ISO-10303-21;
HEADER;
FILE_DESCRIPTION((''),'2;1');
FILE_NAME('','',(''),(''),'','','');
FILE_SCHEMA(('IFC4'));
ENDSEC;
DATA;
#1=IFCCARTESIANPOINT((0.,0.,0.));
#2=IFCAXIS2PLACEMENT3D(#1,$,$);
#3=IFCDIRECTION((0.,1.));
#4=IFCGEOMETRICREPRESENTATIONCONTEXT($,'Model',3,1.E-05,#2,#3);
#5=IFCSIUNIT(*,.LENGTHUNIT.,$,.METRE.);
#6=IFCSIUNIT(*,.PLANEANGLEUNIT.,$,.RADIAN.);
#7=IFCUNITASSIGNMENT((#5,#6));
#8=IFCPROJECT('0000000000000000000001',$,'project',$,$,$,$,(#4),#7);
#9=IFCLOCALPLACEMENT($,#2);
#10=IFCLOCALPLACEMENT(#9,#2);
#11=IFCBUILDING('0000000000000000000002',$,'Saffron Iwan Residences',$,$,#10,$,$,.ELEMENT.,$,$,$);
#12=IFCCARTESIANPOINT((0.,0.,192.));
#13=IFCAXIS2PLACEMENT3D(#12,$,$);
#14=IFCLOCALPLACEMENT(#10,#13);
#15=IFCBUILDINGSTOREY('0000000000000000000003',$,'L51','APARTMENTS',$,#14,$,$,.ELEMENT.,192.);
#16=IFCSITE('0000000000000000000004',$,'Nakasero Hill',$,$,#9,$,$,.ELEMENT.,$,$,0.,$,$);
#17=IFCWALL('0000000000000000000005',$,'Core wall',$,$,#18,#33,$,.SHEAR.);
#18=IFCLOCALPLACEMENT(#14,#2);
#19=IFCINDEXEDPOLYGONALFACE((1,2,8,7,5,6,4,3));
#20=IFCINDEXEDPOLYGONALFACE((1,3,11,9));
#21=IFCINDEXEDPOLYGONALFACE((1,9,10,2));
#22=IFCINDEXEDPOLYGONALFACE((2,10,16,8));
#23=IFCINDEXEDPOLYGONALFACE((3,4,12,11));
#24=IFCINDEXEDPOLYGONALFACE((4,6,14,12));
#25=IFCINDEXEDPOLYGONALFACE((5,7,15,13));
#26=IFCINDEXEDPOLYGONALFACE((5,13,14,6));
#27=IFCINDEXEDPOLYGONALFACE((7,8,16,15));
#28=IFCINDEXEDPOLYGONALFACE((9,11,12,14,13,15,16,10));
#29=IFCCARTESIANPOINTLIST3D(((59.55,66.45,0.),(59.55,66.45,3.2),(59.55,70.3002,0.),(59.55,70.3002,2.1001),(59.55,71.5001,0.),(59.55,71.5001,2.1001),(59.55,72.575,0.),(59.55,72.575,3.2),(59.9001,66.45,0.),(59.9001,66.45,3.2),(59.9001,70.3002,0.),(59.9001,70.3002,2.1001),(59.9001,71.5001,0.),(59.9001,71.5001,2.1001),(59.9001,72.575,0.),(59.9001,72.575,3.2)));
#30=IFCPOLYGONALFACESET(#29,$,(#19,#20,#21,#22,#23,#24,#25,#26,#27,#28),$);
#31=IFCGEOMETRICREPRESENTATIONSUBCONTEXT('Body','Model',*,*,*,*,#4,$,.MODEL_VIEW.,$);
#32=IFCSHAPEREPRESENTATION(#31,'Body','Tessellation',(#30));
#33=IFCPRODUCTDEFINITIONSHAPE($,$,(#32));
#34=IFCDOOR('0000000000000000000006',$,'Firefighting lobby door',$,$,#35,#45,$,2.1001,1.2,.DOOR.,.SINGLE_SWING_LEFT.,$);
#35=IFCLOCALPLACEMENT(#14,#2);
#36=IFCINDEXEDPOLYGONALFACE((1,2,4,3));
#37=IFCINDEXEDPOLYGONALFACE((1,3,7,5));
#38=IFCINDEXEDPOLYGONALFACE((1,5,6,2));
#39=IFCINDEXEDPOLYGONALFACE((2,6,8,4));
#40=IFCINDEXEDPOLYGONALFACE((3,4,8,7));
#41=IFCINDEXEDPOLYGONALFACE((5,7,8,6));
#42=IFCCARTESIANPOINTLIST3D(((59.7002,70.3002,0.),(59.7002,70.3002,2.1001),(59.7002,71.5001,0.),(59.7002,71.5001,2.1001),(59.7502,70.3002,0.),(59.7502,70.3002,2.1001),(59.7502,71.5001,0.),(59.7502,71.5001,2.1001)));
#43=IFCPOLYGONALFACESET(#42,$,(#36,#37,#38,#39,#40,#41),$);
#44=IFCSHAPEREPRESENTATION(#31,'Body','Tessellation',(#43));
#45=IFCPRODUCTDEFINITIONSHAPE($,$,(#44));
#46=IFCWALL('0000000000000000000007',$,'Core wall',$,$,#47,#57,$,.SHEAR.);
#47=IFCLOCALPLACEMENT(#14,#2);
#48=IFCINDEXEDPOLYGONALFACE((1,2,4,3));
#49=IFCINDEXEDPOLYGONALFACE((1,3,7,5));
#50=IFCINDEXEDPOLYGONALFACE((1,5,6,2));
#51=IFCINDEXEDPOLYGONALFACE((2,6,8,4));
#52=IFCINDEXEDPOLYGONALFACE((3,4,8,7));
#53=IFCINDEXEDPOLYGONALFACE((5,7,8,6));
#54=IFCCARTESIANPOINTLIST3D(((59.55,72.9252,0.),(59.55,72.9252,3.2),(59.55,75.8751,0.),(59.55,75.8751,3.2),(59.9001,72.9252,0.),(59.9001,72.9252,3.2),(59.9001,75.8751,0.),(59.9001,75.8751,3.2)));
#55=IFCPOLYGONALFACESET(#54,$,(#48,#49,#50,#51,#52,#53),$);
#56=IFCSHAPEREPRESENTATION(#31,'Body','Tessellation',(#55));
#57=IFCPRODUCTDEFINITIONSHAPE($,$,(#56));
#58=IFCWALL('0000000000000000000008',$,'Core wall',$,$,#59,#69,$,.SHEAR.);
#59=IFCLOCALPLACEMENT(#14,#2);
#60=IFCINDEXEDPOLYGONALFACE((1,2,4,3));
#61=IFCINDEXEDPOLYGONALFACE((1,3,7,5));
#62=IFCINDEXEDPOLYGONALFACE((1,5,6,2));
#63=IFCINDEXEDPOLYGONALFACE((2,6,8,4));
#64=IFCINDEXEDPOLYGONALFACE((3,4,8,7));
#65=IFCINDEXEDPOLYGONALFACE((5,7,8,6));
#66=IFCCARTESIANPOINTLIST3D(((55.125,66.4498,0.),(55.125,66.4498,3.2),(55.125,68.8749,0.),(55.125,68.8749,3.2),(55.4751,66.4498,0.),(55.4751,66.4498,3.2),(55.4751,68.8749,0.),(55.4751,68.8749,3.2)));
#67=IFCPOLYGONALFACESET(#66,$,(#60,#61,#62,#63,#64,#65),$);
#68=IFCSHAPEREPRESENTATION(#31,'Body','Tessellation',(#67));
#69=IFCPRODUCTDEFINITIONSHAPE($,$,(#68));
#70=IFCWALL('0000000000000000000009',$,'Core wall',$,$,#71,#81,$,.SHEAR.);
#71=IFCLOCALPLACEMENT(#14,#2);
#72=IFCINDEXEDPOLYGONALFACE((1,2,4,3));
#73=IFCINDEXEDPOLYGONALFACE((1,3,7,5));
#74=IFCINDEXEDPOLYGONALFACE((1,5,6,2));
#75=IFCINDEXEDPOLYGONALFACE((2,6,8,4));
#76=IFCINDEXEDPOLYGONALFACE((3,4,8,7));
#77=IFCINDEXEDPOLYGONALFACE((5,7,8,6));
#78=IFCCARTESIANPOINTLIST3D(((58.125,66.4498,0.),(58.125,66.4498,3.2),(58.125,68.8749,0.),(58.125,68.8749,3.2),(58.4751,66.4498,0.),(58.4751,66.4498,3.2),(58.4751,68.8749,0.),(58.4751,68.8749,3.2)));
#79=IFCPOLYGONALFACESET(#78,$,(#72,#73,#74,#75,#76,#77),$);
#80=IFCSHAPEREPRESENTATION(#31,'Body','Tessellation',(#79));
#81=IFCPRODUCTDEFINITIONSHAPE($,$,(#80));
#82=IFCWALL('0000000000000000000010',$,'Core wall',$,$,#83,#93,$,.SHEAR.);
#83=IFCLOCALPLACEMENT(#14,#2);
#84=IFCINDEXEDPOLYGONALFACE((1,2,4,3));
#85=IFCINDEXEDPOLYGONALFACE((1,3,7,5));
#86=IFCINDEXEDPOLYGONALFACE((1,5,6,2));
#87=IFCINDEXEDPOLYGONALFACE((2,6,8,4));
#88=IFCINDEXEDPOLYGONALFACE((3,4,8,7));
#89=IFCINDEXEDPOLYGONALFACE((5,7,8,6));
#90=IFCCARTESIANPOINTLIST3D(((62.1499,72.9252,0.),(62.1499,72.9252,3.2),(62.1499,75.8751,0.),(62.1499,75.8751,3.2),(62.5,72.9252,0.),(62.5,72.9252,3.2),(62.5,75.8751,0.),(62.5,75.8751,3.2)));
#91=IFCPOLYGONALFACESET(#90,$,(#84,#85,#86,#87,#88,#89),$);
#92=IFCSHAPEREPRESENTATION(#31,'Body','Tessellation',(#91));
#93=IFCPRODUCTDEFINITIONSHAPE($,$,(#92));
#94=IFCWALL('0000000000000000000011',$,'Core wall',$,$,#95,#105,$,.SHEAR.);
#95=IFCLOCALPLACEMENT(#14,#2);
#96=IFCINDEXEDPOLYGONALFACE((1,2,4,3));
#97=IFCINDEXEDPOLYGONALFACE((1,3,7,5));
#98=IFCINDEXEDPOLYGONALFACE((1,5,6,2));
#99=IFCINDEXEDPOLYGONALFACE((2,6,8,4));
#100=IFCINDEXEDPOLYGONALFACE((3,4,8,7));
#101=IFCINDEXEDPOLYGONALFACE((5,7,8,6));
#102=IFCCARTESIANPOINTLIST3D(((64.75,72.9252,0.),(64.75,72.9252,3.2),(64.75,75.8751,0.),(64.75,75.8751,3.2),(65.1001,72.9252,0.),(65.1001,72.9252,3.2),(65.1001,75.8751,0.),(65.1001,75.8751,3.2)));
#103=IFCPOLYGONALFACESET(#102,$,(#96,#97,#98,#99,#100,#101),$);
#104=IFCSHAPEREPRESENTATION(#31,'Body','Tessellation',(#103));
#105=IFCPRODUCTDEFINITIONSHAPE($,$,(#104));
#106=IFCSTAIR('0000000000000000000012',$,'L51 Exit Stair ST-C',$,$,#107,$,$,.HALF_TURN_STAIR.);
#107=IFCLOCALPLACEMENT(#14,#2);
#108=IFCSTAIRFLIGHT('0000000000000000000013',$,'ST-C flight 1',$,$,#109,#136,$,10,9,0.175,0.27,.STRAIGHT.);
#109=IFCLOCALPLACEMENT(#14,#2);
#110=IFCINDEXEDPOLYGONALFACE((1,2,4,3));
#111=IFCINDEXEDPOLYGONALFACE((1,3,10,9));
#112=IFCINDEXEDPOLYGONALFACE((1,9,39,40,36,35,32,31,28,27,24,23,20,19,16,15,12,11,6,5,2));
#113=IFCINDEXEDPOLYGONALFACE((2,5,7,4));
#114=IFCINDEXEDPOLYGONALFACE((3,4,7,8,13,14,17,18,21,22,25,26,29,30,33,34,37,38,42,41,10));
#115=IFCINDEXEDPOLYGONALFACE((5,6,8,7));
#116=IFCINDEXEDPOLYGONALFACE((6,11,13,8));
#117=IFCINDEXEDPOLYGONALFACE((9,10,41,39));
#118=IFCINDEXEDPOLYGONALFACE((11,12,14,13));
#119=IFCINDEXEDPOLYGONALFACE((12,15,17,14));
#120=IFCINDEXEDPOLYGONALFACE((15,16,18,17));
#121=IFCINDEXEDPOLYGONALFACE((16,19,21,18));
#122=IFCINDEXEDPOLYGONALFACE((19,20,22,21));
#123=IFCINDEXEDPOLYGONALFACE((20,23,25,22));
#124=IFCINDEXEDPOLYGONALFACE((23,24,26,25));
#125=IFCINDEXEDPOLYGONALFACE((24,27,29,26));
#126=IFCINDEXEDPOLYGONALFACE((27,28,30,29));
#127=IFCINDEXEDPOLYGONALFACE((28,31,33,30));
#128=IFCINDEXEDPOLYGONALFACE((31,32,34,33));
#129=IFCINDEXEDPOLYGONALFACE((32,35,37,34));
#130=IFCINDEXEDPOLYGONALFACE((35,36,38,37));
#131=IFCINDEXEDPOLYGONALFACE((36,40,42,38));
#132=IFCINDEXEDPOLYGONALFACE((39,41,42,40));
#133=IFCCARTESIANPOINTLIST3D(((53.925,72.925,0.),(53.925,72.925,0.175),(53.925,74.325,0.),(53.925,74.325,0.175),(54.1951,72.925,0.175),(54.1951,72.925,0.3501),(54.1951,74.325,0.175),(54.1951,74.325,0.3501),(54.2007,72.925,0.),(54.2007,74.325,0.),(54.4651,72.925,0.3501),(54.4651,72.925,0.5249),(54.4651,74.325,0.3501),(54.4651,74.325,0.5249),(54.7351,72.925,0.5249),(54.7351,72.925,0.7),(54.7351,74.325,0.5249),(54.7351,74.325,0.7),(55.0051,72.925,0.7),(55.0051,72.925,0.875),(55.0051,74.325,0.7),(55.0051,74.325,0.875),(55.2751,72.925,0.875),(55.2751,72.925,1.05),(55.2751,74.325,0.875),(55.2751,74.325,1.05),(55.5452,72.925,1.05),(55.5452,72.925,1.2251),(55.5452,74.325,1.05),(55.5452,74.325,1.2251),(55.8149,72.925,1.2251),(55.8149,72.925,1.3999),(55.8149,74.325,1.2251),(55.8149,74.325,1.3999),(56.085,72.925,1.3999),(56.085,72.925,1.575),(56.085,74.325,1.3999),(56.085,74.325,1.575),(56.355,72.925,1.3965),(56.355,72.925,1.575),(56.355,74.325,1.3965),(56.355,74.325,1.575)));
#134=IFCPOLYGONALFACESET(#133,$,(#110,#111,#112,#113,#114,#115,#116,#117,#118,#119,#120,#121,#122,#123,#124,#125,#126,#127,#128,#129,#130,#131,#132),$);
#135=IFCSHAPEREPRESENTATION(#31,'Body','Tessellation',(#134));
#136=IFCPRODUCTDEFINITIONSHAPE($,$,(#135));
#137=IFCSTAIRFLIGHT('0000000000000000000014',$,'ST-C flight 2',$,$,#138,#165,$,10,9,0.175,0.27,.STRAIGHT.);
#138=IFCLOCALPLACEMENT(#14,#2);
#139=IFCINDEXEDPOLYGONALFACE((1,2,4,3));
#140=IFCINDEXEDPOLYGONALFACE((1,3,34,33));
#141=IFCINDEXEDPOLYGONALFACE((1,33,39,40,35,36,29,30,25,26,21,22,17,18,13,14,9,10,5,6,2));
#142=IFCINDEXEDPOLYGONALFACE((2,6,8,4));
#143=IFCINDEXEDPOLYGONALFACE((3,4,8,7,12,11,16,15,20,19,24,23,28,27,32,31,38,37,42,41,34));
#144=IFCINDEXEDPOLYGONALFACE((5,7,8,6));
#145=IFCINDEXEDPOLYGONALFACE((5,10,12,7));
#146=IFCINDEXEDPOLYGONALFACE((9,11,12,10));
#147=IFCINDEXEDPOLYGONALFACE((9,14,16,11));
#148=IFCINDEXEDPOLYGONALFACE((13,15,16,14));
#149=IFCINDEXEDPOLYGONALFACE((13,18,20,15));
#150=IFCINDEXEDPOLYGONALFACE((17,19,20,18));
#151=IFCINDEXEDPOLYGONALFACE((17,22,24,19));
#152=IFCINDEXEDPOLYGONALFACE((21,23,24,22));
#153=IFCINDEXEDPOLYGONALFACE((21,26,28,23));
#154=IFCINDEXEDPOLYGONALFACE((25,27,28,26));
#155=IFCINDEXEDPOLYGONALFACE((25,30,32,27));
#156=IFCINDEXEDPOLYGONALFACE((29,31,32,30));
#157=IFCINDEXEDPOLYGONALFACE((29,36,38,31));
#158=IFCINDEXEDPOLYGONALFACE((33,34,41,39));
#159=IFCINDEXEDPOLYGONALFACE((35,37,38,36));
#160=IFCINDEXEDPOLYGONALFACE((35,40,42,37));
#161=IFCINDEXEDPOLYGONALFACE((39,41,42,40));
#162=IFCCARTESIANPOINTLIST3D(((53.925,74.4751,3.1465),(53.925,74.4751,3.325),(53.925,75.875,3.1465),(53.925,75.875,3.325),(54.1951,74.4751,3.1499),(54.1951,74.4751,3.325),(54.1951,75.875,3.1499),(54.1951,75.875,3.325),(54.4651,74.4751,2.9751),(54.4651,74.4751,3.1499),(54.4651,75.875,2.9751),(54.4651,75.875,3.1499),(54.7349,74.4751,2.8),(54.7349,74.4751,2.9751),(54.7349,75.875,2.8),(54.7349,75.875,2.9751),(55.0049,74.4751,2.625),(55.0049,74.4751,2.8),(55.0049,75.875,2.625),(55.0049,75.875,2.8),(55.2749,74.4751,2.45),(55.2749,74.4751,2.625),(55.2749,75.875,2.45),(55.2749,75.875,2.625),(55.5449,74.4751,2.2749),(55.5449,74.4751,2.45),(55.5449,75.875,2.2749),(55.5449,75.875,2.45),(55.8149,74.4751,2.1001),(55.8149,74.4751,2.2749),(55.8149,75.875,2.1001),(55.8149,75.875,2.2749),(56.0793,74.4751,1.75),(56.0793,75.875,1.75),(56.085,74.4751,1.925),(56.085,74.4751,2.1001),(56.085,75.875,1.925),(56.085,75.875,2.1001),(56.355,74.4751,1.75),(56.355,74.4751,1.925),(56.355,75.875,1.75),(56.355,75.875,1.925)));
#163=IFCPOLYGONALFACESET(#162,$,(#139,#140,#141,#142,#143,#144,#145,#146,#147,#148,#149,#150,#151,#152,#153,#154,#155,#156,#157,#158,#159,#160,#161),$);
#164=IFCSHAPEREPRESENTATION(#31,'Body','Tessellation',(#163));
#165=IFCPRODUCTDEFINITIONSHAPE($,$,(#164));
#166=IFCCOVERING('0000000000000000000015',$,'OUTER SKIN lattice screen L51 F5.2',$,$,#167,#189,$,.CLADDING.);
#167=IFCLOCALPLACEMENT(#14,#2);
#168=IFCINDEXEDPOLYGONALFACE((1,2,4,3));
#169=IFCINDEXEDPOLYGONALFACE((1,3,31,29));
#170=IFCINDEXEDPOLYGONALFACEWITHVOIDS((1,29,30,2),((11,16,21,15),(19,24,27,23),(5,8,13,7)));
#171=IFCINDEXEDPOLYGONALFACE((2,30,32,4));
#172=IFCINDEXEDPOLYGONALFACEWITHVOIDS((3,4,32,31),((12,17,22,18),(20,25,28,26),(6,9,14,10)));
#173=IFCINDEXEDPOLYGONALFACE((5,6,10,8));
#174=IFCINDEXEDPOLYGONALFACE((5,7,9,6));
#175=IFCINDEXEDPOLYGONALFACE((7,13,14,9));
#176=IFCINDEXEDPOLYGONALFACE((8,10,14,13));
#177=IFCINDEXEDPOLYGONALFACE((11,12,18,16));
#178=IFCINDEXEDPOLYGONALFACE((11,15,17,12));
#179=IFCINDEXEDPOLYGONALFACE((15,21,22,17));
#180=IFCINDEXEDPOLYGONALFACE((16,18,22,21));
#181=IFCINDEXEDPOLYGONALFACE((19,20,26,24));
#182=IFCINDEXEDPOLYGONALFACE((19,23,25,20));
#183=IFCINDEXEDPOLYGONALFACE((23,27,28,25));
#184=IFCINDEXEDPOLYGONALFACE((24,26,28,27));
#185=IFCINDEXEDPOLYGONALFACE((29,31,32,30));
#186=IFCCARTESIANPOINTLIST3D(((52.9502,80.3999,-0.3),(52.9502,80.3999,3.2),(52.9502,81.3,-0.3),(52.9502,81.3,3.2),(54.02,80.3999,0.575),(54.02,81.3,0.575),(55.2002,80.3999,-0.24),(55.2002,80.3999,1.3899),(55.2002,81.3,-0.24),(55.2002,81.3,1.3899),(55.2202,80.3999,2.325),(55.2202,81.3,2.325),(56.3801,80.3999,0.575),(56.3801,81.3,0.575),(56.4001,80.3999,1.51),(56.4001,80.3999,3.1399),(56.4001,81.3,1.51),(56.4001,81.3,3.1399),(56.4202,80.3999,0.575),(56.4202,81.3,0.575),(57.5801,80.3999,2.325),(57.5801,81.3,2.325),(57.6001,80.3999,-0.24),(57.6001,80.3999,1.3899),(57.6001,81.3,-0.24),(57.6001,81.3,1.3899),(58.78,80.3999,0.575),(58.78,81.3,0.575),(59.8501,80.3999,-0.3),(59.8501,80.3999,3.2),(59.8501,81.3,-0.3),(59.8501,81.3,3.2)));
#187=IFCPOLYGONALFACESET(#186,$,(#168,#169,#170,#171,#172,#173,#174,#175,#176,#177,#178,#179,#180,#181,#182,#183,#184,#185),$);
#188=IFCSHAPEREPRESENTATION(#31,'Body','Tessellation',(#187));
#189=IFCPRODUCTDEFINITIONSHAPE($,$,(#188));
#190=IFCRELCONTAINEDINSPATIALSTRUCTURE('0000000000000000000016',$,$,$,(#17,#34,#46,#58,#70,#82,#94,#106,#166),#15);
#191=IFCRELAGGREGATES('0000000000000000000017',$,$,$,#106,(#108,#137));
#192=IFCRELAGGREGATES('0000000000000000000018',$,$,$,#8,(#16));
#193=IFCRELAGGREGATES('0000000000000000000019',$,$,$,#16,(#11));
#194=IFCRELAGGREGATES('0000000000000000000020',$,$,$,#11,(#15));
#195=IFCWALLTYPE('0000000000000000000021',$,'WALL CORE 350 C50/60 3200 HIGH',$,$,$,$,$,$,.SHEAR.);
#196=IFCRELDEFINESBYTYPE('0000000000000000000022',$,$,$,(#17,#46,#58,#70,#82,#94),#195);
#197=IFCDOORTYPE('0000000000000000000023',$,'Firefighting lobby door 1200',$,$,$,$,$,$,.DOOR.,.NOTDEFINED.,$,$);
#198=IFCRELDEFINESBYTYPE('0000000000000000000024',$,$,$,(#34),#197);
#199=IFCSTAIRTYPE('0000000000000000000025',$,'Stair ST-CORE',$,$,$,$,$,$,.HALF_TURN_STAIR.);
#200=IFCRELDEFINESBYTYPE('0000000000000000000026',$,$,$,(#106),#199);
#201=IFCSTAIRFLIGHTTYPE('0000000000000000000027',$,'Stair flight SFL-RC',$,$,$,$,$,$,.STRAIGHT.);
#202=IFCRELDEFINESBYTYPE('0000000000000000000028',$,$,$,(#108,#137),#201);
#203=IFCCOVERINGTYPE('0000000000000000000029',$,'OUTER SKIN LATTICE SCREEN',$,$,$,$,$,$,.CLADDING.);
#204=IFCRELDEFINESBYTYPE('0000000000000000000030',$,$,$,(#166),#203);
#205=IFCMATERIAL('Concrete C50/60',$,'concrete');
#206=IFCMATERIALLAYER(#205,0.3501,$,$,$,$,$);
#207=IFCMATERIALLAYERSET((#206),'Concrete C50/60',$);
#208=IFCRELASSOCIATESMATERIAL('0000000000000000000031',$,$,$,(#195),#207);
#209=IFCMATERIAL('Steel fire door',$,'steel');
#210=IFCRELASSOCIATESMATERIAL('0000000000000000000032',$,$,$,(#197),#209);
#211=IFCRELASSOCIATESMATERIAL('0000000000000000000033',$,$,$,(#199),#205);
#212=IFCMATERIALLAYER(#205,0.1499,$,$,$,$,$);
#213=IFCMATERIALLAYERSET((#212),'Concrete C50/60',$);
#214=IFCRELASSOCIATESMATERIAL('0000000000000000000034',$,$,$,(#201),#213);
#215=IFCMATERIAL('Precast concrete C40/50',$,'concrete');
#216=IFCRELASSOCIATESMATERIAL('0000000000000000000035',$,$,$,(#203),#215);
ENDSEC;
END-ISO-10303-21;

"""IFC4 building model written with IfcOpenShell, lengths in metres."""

from ifc_helpers import new_model, si_unit, direction, frame, frame_2d, origin, place, context, subcontext, project, spatial, polyline, rectangle, outline, extrude, material, layer, layer_set, type_object, element, fill, aggregate, save


model = new_model("IFC4")

# Units and contexts
model_context = context("Model", 3, precision=1e-05, world=origin(), true_north=direction((0.0, 1.0)))
body_context = subcontext(model_context, "Body", "Model", "MODEL_VIEW")
ifc_project = project(units=[si_unit("LENGTHUNIT", "METRE"), si_unit("PLANEANGLEUNIT", "RADIAN")], contexts=[model_context])

# Site, building, storey
site_placement = place(None, origin())
site = spatial("IfcSite", under=ifc_project, at=site_placement, Name="Nakasero Hill", CompositionType="ELEMENT", RefElevation=0.0)
building_placement = place(site_placement, origin())
building = spatial("IfcBuilding", under=site, at=building_placement, Name="Saffron Iwan Residences", CompositionType="ELEMENT")
storey_placement = place(building_placement, frame((0.0, 0.0, 192.0)))
storey = spatial("IfcBuildingStorey", under=building, at=storey_placement, Name="L51", Description="APARTMENTS", CompositionType="ELEMENT", Elevation=192.0)

# Shared definitions
ifc_material_1 = material(Name="Concrete C50/60", Category="concrete")

# Shared definitions
ifc_material_2 = material(Name="Steel fire door", Category="steel")

# Wall, opening, door
ifc_layer_1 = layer(ifc_material_1, 0.3501)
ifc_layer_set_1 = layer_set([ifc_layer_1], Name="Concrete C50/60")
wall_type_1 = type_object("IfcWallType", Name="WALL CORE 350 C50/60 3200 HIGH", PredefinedType="SHEAR", material=ifc_layer_set_1)
wall_1_placement = place(storey_placement, frame((59.7251, 66.45, 0.0), z_axis=(0.0, 0.0, 1.0), x_axis=(0.0, 1.0, 0.0)))
wall_1 = element("IfcWall", 1, at=wall_1_placement, inside=storey, type_object=wall_type_1, Name="Core wall", PredefinedType="SHEAR", context=body_context, shape_type="SweptSolid", body=[
    extrude(rectangle(XDim=6.125, YDim=0.3501, at=frame_2d((3.0625, 0.0))), origin(), (0.0, 0.0, 1.0), 3.2),
])
opening_1_placement = place(wall_1_placement, frame((3.8501, 0.0, 0.0)))
opening_1 = element("IfcOpeningElement", 2, at=opening_1_placement, cuts=wall_1, PredefinedType="OPENING", context=body_context, shape_type="SweptSolid", body=[
    extrude(rectangle(XDim=1.2, YDim=2.1001, at=frame_2d((0.6001, 1.05))), frame((0.0, 0.1851, 0.0), z_axis=(0.0, -1.0, 0.0), x_axis=(1.0, 0.0, 0.0)), (0.0, 0.0, 1.0), 0.3701),
])
door_type_1 = type_object("IfcDoorType", Name="Firefighting lobby door 1200", OperationType="NOTDEFINED", PredefinedType="DOOR", material=ifc_material_2)
door_1_placement = place(opening_1_placement, origin())
door_1 = element("IfcDoor", 3, at=door_1_placement, inside=storey, type_object=door_type_1, Name="Firefighting lobby door", OperationType="SINGLE_SWING_LEFT", OverallHeight=2.1001, OverallWidth=1.2, PredefinedType="DOOR", context=body_context, shape_type="SweptSolid", body=[
    extrude(rectangle(XDim=1.2, YDim=2.1001, at=frame_2d((0.6001, 1.05))), frame((0.0, 0.0249, 0.0), z_axis=(0.0, -1.0, 0.0), x_axis=(1.0, 0.0, 0.0)), (0.0, 0.0, 1.0), 0.05),
])
fill(opening_1, door_1)

# Walls
wall_2_placement = place(storey_placement, frame((59.7251, 72.925, 0.0), z_axis=(0.0, 0.0, 1.0), x_axis=(0.0, 1.0, 0.0)))
element("IfcWall", 4, at=wall_2_placement, inside=storey, type_object=wall_type_1, Name="Core wall", PredefinedType="SHEAR", context=body_context, shape_type="SweptSolid", body=[
    extrude(rectangle(XDim=2.95, YDim=0.3501, at=frame_2d((1.4751, 0.0))), origin(), (0.0, 0.0, 1.0), 3.2),
])
for number, where, z_axis, x_axis, name in (
    (5, (55.3, 66.45, 0.0), (0.0, 0.0, 1.0), (0.0, 1.0, 0.0), "Core wall"),
    (6, (58.3, 66.45, 0.0), (0.0, 0.0, 1.0), (0.0, 1.0, 0.0), "Core wall"),
):
    element("IfcWall", number, at=place(storey_placement, frame(where, z_axis=z_axis, x_axis=x_axis)), inside=storey, type_object=wall_type_1, Name=name, PredefinedType="SHEAR", context=body_context, shape_type="SweptSolid", body=[
        extrude(rectangle(XDim=2.425, YDim=0.3501, at=frame_2d((1.2124, 0.0))), origin(), (0.0, 0.0, 1.0), 3.2),
    ])
for number, where, z_axis, x_axis, name in (
    (7, (62.325, 72.925, 0.0), (0.0, 0.0, 1.0), (0.0, 1.0, 0.0), "Core wall"),
    (8, (64.925, 72.925, 0.0), (0.0, 0.0, 1.0), (0.0, 1.0, 0.0), "Core wall"),
):
    element("IfcWall", number, at=place(storey_placement, frame(where, z_axis=z_axis, x_axis=x_axis)), inside=storey, type_object=wall_type_1, Name=name, PredefinedType="SHEAR", context=body_context, shape_type="SweptSolid", body=[
        extrude(rectangle(XDim=2.95, YDim=0.3501, at=frame_2d((1.4751, 0.0))), origin(), (0.0, 0.0, 1.0), 3.2),
    ])

# Stair, stair flights
stair_type = type_object("IfcStairType", Name="Stair ST-CORE", PredefinedType="HALF_TURN_STAIR", material=ifc_material_1)
stair_placement = place(storey_placement, origin())
stair = element("IfcStair", 9, at=stair_placement, inside=storey, type_object=stair_type, Name="L51 Exit Stair ST-C", PredefinedType="HALF_TURN_STAIR")
ifc_layer_2 = layer(ifc_material_1, 0.1499)
ifc_layer_set_2 = layer_set([ifc_layer_2], Name="Concrete C50/60")
stair_flight_type = type_object("IfcStairFlightType", Name="Stair flight SFL-RC", PredefinedType="STRAIGHT", material=ifc_layer_set_2)
stair_flight_1_placement = place(storey_placement, frame((53.925, 73.625, 0.0), z_axis=(0.0, 0.0, 1.0), x_axis=(1.0, 0.0, 0.0)))
stair_flight_1 = element("IfcStairFlight", 10, at=stair_flight_1_placement, type_object=stair_flight_type, Name="ST-C flight 1", NumberOfRisers=10, NumberOfTreads=9, PredefinedType="STRAIGHT", RiserHeight=0.175, TreadLength=0.27, context=body_context, shape_type="SweptSolid", body=[
    extrude(outline(polyline([(0.0, 0.0), (0.0, 0.175), (0.27, 0.175), (0.27, 0.3501), (0.54, 0.3501), (0.54, 0.5249), (0.8101, 0.5249), (0.8101, 0.7), (1.0801, 0.7), (1.0801, 0.875), (1.3501, 0.875), (1.3501, 1.05), (1.6201, 1.05), (1.6201, 1.2251), (1.8899, 1.2251), (1.8899, 1.3999), (2.1599, 1.3999), (2.1599, 1.575), (2.4299, 1.575), (2.4299, 1.75), (2.4299, 1.3965), (0.2756, 0.0), (0.0, 0.0)])), frame((0.0, 0.7, 0.0), z_axis=(0.0, -1.0, 0.0), x_axis=(1.0, 0.0, 0.0)), (0.0, 0.0, 1.0), 1.3999),
])
stair_flight_2_placement = place(storey_placement, frame((56.355, 75.175, 1.75), z_axis=(0.0, 0.0, 1.0), x_axis=(-1.0, 0.0, 0.0)))
stair_flight_2 = element("IfcStairFlight", 11, at=stair_flight_2_placement, type_object=stair_flight_type, Name="ST-C flight 2", NumberOfRisers=10, NumberOfTreads=9, PredefinedType="STRAIGHT", RiserHeight=0.175, TreadLength=0.27, context=body_context, shape_type="SweptSolid", body=[
    extrude(outline(polyline([(0.0, 0.0), (0.0, 0.175), (0.27, 0.175), (0.27, 0.3501), (0.54, 0.3501), (0.54, 0.5249), (0.8101, 0.5249), (0.8101, 0.7), (1.0801, 0.7), (1.0801, 0.875), (1.3501, 0.875), (1.3501, 1.05), (1.6201, 1.05), (1.6201, 1.2251), (1.8899, 1.2251), (1.8899, 1.3999), (2.1599, 1.3999), (2.1599, 1.575), (2.4299, 1.575), (2.4299, 1.75), (2.4299, 1.3965), (0.2756, 0.0), (0.0, 0.0)])), frame((0.0, 0.7, 0.0), z_axis=(0.0, -1.0, 0.0), x_axis=(1.0, 0.0, 0.0)), (0.0, 0.0, 1.0), 1.3999),
])
aggregate(stair, [stair_flight_1, stair_flight_2])

# Covering
ifc_material_3 = material(Name="Precast concrete C40/50", Category="concrete")
covering_type_1 = type_object("IfcCoveringType", Name="OUTER SKIN LATTICE SCREEN", PredefinedType="CLADDING", material=ifc_material_3)
covering_placement = place(storey_placement, frame((59.8501, 80.3999, -0.3), z_axis=(0.0, 1.0, 0.0), x_axis=(-1.0, 0.0, 0.0)))
element("IfcCovering", 12, at=covering_placement, inside=storey, type_object=covering_type_1, Name="OUTER SKIN lattice screen L51 F5.2", PredefinedType="CLADDING", context=body_context, shape_type="SweptSolid", body=[
    extrude(outline(polyline([(0.0, 0.0), (6.8999, 0.0), (6.8999, 3.5), (0.0, 3.5), (0.0, 0.0)]), holes=[polyline([(1.0701, 0.875), (2.25, 0.0601), (3.4299, 0.875), (2.25, 1.6899), (1.0701, 0.875)]), polyline([(3.47, 0.875), (4.6499, 0.0601), (5.8301, 0.875), (4.6499, 1.6899), (3.47, 0.875)]), polyline([(2.27, 2.625), (3.45, 1.8101), (4.6299, 2.625), (3.45, 3.4399), (2.27, 2.625)])]), origin(), (0.0, 0.0, 1.0), 0.9001),
])

save(model, "model.ifc")
